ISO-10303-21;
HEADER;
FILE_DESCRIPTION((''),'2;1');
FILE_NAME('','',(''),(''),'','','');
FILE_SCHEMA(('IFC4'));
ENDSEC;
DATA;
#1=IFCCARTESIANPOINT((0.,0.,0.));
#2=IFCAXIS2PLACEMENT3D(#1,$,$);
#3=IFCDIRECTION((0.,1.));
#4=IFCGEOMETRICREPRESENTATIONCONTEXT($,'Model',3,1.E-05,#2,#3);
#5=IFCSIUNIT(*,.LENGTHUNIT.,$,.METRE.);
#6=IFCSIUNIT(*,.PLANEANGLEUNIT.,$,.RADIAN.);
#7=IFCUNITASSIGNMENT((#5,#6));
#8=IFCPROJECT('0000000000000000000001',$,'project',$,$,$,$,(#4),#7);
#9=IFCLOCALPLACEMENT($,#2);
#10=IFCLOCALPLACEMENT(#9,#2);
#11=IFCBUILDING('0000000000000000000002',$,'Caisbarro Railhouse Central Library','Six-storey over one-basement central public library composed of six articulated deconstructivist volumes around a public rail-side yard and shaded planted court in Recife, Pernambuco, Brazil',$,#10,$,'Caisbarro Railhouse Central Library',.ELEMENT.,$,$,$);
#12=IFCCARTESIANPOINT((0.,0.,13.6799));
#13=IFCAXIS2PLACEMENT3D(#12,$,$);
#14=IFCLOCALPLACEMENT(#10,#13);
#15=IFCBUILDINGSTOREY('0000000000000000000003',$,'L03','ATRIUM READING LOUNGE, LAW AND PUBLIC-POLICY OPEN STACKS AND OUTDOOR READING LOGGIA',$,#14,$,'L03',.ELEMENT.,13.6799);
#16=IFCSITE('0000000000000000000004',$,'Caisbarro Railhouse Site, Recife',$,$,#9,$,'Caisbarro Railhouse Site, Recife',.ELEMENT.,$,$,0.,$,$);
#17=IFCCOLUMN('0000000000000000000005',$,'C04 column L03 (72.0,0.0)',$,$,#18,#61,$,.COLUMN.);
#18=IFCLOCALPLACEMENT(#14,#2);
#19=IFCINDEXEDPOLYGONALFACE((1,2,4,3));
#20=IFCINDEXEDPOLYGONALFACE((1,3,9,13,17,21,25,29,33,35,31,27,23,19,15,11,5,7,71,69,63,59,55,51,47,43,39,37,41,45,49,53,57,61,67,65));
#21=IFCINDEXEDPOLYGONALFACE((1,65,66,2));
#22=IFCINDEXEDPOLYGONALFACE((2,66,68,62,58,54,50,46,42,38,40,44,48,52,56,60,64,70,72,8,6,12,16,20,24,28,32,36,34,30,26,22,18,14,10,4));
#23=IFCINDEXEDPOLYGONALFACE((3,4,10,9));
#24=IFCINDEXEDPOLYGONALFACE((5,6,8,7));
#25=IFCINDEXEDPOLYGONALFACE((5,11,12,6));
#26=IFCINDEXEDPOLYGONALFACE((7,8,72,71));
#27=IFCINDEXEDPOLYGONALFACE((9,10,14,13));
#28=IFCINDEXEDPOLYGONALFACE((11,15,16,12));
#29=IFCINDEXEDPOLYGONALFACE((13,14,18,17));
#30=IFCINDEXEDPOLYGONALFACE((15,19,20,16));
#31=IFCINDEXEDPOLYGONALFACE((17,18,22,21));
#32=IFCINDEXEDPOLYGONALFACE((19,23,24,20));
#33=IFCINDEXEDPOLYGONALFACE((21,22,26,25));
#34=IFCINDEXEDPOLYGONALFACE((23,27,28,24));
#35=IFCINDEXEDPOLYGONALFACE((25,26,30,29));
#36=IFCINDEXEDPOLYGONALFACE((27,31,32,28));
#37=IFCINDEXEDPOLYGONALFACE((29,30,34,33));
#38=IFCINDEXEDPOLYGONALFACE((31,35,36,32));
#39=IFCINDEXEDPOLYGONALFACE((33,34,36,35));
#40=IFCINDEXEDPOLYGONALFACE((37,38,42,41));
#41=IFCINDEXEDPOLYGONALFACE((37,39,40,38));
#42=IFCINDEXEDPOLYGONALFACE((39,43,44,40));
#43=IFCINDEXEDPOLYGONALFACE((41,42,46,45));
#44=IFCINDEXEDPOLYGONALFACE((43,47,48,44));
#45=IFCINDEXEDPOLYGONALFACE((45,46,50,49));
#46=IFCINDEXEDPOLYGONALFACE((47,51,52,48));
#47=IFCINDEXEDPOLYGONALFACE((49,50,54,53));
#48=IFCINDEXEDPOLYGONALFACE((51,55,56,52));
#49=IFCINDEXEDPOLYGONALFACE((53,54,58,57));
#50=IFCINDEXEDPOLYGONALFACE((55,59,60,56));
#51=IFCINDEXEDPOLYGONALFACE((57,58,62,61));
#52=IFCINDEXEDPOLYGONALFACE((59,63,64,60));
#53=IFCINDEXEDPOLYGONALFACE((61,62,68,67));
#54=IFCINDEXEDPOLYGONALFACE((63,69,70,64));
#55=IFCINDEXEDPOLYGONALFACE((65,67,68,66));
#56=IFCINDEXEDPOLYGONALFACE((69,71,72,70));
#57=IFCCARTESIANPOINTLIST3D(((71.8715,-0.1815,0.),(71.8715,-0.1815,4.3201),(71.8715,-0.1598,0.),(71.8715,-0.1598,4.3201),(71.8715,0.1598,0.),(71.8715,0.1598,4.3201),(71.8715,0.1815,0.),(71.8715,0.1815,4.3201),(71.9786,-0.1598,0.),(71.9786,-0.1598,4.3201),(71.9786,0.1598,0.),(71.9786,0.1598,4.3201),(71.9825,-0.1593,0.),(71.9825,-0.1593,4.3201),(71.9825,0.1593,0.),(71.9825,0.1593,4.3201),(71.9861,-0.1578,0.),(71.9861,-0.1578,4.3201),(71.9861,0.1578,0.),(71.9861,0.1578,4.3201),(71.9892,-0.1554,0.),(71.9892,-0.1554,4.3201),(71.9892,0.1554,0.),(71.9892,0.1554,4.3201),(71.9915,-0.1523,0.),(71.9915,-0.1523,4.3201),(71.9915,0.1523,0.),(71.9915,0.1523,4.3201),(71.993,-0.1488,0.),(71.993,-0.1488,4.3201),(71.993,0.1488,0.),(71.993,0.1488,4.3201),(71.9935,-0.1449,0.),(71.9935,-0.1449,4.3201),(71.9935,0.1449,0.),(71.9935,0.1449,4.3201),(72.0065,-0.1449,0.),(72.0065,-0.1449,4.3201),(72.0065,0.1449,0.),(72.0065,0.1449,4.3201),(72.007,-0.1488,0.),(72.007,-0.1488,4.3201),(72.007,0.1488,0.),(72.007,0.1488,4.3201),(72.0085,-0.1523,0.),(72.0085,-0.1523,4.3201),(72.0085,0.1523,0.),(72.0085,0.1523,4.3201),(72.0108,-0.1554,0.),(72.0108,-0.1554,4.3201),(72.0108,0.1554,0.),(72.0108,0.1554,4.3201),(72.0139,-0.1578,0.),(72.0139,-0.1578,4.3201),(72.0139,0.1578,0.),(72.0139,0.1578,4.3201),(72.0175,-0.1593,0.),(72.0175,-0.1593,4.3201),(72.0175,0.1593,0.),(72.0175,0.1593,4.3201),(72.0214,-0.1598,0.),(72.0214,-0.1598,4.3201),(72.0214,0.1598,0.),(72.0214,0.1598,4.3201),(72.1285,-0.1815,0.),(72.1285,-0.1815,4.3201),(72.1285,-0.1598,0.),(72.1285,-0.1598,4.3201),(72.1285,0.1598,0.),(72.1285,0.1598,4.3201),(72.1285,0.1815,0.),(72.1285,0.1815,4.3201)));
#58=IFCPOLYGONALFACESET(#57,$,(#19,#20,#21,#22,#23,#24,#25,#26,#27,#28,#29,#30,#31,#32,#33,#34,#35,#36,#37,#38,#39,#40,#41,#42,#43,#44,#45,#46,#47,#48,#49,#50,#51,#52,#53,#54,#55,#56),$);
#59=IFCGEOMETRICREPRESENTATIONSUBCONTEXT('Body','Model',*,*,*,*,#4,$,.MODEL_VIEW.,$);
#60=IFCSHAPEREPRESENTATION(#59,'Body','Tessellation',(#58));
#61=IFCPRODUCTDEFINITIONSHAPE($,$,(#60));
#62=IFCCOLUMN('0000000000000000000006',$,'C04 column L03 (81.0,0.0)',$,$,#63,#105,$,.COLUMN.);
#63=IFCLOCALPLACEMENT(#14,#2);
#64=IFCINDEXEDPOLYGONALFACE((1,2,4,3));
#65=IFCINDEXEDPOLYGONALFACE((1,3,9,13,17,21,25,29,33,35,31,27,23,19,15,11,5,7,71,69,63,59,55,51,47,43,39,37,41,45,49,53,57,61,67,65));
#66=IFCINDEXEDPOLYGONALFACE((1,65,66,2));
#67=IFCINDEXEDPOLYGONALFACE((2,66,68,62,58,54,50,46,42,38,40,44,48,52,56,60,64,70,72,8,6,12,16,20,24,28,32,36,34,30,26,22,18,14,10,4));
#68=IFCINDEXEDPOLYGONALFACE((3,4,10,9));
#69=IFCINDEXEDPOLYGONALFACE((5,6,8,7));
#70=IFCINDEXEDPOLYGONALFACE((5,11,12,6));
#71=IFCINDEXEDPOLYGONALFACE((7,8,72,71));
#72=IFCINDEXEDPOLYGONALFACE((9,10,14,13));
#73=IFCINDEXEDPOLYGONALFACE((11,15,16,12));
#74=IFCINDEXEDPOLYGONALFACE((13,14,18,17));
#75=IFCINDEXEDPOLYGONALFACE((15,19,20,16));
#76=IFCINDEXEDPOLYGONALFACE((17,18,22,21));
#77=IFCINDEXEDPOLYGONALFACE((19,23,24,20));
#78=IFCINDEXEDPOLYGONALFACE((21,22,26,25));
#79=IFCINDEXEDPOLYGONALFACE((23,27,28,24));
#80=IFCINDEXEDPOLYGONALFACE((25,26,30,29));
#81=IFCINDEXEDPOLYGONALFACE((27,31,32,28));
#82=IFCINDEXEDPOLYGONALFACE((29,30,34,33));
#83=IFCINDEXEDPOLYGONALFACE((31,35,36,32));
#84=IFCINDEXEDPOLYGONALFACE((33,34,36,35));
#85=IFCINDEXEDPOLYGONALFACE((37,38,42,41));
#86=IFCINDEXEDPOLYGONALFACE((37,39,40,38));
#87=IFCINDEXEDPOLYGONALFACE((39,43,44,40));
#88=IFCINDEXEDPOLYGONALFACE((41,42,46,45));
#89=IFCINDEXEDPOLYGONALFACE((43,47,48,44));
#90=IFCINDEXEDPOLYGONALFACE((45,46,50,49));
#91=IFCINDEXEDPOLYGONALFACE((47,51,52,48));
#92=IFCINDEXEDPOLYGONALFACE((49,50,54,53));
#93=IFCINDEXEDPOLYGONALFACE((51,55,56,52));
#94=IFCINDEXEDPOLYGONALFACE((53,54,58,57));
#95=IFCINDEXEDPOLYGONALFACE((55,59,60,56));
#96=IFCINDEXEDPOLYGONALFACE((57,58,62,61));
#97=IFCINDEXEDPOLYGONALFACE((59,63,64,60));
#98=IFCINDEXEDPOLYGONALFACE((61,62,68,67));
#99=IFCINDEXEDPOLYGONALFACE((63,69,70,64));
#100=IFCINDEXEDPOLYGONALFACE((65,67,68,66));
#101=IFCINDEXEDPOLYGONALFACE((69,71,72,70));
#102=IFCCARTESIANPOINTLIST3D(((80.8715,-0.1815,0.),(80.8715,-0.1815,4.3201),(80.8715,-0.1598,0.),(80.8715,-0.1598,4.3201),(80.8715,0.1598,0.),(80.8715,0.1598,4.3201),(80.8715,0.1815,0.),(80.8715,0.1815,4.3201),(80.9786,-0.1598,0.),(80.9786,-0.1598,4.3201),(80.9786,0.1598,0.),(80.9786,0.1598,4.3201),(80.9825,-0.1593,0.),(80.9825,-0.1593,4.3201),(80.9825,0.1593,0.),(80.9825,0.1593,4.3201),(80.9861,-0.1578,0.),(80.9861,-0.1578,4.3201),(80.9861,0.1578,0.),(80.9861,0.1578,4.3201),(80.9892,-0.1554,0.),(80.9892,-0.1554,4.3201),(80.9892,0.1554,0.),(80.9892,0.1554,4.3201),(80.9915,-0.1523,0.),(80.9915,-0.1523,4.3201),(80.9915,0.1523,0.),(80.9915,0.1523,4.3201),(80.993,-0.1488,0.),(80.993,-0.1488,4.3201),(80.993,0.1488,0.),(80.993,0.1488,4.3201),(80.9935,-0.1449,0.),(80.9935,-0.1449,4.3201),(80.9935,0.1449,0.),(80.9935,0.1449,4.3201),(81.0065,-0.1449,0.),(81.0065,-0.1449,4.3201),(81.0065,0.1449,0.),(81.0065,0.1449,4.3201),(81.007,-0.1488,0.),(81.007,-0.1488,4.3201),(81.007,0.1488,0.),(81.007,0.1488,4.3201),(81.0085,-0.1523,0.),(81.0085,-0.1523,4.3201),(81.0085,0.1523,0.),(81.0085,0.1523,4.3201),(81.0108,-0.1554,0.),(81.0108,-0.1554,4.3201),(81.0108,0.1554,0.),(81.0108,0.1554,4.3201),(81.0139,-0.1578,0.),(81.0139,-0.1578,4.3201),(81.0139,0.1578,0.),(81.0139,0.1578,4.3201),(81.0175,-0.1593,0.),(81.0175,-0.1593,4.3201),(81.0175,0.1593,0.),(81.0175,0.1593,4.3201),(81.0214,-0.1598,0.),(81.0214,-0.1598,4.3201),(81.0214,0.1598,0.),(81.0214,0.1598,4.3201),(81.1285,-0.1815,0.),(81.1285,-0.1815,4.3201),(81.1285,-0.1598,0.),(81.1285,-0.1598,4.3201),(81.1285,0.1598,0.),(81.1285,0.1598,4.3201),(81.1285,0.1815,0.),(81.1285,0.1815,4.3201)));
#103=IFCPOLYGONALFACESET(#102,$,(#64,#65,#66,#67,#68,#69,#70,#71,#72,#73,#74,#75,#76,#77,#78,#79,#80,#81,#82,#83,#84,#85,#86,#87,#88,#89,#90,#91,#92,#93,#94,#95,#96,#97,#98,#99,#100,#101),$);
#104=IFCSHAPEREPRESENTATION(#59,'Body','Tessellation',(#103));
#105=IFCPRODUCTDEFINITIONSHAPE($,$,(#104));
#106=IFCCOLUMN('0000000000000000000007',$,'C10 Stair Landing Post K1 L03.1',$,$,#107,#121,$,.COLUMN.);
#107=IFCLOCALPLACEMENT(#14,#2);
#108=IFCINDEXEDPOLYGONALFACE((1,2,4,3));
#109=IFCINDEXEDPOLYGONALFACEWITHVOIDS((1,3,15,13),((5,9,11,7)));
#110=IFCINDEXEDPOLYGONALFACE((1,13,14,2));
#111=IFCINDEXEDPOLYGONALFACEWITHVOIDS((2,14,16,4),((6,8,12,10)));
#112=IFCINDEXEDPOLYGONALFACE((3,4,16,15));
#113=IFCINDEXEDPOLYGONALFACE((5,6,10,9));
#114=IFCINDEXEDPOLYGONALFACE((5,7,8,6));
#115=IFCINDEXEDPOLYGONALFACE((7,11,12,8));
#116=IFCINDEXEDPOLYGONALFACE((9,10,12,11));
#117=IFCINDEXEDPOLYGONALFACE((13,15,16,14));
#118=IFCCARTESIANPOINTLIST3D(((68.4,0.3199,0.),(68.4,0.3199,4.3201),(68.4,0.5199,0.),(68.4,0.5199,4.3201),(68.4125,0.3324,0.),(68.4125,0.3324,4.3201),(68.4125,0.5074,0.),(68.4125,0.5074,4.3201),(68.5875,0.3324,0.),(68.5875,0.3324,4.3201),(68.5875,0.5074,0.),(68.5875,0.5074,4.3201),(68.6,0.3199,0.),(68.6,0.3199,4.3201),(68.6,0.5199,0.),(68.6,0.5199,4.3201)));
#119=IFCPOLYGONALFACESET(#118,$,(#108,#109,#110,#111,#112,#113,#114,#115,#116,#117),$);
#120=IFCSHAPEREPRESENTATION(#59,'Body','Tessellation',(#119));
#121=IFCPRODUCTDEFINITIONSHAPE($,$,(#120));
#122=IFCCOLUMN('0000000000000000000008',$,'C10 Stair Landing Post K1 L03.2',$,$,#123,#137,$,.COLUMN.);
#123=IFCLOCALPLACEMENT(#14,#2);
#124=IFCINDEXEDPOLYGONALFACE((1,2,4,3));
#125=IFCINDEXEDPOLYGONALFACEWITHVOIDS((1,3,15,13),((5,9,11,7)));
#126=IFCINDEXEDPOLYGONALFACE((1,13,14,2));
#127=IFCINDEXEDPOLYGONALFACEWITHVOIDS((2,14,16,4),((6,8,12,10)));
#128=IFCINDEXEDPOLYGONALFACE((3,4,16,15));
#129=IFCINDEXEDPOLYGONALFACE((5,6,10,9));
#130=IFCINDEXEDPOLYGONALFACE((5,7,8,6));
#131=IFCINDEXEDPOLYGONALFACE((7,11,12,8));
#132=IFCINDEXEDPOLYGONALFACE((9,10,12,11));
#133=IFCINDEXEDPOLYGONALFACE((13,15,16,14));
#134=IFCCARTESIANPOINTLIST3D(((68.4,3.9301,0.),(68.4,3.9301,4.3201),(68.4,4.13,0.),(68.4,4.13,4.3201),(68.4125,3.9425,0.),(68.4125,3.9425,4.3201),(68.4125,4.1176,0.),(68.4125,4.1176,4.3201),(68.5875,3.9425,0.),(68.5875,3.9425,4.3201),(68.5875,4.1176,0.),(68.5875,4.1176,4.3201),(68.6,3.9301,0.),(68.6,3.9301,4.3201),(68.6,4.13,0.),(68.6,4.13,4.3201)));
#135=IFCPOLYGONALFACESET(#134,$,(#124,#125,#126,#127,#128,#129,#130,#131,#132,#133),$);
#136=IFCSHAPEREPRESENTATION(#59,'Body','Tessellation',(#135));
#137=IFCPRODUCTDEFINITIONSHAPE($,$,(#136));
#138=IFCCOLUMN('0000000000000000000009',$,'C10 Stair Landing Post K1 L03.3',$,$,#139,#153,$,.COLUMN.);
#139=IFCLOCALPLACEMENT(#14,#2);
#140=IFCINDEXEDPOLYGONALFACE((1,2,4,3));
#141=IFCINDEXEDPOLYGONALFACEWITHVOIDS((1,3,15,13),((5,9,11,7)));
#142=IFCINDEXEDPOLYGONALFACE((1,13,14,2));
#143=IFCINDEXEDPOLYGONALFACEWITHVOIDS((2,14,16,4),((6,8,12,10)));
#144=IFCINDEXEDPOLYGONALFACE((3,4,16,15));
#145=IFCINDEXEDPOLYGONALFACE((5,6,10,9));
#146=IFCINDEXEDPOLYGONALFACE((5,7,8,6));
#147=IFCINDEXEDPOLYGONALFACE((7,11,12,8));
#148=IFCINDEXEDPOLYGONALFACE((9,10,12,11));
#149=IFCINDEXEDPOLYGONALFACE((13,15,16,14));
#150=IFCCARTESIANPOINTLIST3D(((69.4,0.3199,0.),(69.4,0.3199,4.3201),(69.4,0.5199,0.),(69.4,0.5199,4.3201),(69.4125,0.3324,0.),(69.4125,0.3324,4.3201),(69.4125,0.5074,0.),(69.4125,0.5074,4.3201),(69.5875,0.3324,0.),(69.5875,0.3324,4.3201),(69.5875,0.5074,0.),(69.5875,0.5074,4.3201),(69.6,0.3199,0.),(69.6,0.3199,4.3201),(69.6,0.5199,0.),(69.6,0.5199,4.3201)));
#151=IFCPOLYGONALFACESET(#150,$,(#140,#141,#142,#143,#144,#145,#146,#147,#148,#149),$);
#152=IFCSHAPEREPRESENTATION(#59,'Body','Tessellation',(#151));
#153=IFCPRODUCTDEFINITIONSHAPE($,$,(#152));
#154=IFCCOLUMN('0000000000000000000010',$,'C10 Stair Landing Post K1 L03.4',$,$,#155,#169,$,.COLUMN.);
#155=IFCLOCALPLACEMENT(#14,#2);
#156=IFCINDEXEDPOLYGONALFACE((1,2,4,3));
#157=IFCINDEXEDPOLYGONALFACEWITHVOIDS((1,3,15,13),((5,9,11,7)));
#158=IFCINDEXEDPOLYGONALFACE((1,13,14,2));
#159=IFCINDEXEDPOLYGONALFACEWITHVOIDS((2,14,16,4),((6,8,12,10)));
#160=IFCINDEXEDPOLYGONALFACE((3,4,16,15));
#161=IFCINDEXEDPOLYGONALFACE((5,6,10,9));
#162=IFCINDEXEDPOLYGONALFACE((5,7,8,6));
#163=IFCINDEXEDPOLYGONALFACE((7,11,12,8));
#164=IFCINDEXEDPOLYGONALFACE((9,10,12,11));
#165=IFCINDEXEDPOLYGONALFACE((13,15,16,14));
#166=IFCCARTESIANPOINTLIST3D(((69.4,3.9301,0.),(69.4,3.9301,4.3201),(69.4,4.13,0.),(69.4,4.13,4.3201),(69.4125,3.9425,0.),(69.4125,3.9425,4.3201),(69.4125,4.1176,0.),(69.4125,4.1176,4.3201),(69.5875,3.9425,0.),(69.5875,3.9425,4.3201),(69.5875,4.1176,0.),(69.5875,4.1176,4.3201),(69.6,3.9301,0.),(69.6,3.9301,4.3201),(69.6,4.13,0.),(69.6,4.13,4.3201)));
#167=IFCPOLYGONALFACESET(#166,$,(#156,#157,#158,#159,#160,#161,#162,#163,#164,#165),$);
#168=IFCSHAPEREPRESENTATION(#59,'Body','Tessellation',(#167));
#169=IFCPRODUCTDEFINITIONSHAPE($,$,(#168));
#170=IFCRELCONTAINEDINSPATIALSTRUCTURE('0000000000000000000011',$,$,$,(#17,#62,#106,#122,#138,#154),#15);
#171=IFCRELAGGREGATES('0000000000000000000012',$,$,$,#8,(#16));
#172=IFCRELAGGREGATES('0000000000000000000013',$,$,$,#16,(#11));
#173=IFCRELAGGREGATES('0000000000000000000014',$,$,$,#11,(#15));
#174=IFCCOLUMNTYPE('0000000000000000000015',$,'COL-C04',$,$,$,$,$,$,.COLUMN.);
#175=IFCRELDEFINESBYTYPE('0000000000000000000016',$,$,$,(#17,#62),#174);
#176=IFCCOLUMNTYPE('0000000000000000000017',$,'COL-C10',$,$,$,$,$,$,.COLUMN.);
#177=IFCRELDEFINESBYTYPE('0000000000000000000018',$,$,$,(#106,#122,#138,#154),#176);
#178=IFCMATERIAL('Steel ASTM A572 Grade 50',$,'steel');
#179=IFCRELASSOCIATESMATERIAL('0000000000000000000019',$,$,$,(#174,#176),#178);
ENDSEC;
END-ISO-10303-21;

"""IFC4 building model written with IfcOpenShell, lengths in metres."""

from ifc_helpers import new_model, si_unit, direction, frame, origin, origin_2d, place, context, subcontext, project, spatial, hollow_rectangle, i_section, extrude, material, material_profile, profile_set, type_object, element, save


model = new_model("IFC4")

# Units and contexts
model_context = context("Model", 3, precision=1e-05, world=origin(), true_north=direction((0.0, 1.0)))
body_context = subcontext(model_context, "Body", "Model", "MODEL_VIEW")
ifc_project = project(units=[si_unit("LENGTHUNIT", "METRE"), si_unit("PLANEANGLEUNIT", "RADIAN")], contexts=[model_context])

# Site, building, storey
site_placement = place(None, origin())
site = spatial("IfcSite", under=ifc_project, at=site_placement, Name="Caisbarro Railhouse Site, Recife", LongName="Caisbarro Railhouse Site, Recife", CompositionType="ELEMENT", RefElevation=0.0)
building_placement = place(site_placement, origin())
building = spatial("IfcBuilding", under=site, at=building_placement, Name="Caisbarro Railhouse Central Library", Description="Six-storey over one-basement central public library composed of six articulated deconstructivist volumes around a public rail-side yard and shaded planted court in Recife, Pernambuco, Brazil", LongName="Caisbarro Railhouse Central Library", CompositionType="ELEMENT")
storey_placement = place(building_placement, frame((0.0, 0.0, 13.6799)))
storey = spatial("IfcBuildingStorey", under=building, at=storey_placement, Name="L03", Description="ATRIUM READING LOUNGE, LAW AND PUBLIC-POLICY OPEN STACKS AND OUTDOOR READING LOGGIA", LongName="L03", CompositionType="ELEMENT", Elevation=13.6799)

# Columns
ifc_material_1 = material(Name="Steel ASTM A572 Grade 50", Category="steel")
ifc_material_profile_1 = material_profile(ifc_material_1, i_section(OverallWidth=0.2571, OverallDepth=0.363, WebThickness=0.0129, FlangeThickness=0.0217, FilletRadius=0.0149, at=origin_2d()), Name="W360X122.0")
ifc_profile_set_1 = profile_set([ifc_material_profile_1], Name="Steel ASTM A572 Grade 50")
column_type_1 = type_object("IfcColumnType", Name="COL-C04", PredefinedType="COLUMN", material=ifc_profile_set_1)
for number, where, z_axis, x_axis, name in (
    (1, (72.0, 0.0, 0.0), (0.0, 0.0, 1.0), (1.0, 0.0, 0.0), "C04 column L03 (72.0,0.0)"),
    (2, (81.0, 0.0, 0.0), (0.0, 0.0, 1.0), (1.0, 0.0, 0.0), "C04 column L03 (81.0,0.0)"),
):
    element("IfcColumn", number, at=place(storey_placement, frame(where, z_axis=z_axis, x_axis=x_axis)), inside=storey, type_object=column_type_1, Name=name, PredefinedType="COLUMN", context=body_context, shape_type="SweptSolid", body=[
        extrude(i_section(OverallWidth=0.2571, OverallDepth=0.363, WebThickness=0.0129, FlangeThickness=0.0217, FilletRadius=0.0149, at=origin_2d()), origin(), (0.0, 0.0, 1.0), 4.3201),
    ])
ifc_material_profile_2 = material_profile(ifc_material_1, hollow_rectangle(XDim=0.2, YDim=0.2, WallThickness=0.0125, at=origin_2d()), Name="HSS200X200X12.5")
ifc_profile_set_2 = profile_set([ifc_material_profile_2], Name="Steel ASTM A572 Grade 50")
column_type_2 = type_object("IfcColumnType", Name="COL-C10", PredefinedType="COLUMN", material=ifc_profile_set_2)
for number, where, z_axis, x_axis, name in (
    (3, (68.5, 0.4199, 0.0), (0.0, 0.0, 1.0), (1.0, 0.0, 0.0), "C10 Stair Landing Post K1 L03.1"),
    (4, (68.5, 4.03, 0.0), (0.0, 0.0, 1.0), (1.0, 0.0, 0.0), "C10 Stair Landing Post K1 L03.2"),
    (5, (69.5, 0.4199, 0.0), (0.0, 0.0, 1.0), (1.0, 0.0, 0.0), "C10 Stair Landing Post K1 L03.3"),
    (6, (69.5, 4.03, 0.0), (0.0, 0.0, 1.0), (1.0, 0.0, 0.0), "C10 Stair Landing Post K1 L03.4"),
):
    element("IfcColumn", number, at=place(storey_placement, frame(where, z_axis=z_axis, x_axis=x_axis)), inside=storey, type_object=column_type_2, Name=name, PredefinedType="COLUMN", context=body_context, shape_type="SweptSolid", body=[
        extrude(hollow_rectangle(XDim=0.2, YDim=0.2, WallThickness=0.0125, at=origin_2d()), origin(), (0.0, 0.0, 1.0), 4.3201),
    ])

save(model, "model.ifc")
